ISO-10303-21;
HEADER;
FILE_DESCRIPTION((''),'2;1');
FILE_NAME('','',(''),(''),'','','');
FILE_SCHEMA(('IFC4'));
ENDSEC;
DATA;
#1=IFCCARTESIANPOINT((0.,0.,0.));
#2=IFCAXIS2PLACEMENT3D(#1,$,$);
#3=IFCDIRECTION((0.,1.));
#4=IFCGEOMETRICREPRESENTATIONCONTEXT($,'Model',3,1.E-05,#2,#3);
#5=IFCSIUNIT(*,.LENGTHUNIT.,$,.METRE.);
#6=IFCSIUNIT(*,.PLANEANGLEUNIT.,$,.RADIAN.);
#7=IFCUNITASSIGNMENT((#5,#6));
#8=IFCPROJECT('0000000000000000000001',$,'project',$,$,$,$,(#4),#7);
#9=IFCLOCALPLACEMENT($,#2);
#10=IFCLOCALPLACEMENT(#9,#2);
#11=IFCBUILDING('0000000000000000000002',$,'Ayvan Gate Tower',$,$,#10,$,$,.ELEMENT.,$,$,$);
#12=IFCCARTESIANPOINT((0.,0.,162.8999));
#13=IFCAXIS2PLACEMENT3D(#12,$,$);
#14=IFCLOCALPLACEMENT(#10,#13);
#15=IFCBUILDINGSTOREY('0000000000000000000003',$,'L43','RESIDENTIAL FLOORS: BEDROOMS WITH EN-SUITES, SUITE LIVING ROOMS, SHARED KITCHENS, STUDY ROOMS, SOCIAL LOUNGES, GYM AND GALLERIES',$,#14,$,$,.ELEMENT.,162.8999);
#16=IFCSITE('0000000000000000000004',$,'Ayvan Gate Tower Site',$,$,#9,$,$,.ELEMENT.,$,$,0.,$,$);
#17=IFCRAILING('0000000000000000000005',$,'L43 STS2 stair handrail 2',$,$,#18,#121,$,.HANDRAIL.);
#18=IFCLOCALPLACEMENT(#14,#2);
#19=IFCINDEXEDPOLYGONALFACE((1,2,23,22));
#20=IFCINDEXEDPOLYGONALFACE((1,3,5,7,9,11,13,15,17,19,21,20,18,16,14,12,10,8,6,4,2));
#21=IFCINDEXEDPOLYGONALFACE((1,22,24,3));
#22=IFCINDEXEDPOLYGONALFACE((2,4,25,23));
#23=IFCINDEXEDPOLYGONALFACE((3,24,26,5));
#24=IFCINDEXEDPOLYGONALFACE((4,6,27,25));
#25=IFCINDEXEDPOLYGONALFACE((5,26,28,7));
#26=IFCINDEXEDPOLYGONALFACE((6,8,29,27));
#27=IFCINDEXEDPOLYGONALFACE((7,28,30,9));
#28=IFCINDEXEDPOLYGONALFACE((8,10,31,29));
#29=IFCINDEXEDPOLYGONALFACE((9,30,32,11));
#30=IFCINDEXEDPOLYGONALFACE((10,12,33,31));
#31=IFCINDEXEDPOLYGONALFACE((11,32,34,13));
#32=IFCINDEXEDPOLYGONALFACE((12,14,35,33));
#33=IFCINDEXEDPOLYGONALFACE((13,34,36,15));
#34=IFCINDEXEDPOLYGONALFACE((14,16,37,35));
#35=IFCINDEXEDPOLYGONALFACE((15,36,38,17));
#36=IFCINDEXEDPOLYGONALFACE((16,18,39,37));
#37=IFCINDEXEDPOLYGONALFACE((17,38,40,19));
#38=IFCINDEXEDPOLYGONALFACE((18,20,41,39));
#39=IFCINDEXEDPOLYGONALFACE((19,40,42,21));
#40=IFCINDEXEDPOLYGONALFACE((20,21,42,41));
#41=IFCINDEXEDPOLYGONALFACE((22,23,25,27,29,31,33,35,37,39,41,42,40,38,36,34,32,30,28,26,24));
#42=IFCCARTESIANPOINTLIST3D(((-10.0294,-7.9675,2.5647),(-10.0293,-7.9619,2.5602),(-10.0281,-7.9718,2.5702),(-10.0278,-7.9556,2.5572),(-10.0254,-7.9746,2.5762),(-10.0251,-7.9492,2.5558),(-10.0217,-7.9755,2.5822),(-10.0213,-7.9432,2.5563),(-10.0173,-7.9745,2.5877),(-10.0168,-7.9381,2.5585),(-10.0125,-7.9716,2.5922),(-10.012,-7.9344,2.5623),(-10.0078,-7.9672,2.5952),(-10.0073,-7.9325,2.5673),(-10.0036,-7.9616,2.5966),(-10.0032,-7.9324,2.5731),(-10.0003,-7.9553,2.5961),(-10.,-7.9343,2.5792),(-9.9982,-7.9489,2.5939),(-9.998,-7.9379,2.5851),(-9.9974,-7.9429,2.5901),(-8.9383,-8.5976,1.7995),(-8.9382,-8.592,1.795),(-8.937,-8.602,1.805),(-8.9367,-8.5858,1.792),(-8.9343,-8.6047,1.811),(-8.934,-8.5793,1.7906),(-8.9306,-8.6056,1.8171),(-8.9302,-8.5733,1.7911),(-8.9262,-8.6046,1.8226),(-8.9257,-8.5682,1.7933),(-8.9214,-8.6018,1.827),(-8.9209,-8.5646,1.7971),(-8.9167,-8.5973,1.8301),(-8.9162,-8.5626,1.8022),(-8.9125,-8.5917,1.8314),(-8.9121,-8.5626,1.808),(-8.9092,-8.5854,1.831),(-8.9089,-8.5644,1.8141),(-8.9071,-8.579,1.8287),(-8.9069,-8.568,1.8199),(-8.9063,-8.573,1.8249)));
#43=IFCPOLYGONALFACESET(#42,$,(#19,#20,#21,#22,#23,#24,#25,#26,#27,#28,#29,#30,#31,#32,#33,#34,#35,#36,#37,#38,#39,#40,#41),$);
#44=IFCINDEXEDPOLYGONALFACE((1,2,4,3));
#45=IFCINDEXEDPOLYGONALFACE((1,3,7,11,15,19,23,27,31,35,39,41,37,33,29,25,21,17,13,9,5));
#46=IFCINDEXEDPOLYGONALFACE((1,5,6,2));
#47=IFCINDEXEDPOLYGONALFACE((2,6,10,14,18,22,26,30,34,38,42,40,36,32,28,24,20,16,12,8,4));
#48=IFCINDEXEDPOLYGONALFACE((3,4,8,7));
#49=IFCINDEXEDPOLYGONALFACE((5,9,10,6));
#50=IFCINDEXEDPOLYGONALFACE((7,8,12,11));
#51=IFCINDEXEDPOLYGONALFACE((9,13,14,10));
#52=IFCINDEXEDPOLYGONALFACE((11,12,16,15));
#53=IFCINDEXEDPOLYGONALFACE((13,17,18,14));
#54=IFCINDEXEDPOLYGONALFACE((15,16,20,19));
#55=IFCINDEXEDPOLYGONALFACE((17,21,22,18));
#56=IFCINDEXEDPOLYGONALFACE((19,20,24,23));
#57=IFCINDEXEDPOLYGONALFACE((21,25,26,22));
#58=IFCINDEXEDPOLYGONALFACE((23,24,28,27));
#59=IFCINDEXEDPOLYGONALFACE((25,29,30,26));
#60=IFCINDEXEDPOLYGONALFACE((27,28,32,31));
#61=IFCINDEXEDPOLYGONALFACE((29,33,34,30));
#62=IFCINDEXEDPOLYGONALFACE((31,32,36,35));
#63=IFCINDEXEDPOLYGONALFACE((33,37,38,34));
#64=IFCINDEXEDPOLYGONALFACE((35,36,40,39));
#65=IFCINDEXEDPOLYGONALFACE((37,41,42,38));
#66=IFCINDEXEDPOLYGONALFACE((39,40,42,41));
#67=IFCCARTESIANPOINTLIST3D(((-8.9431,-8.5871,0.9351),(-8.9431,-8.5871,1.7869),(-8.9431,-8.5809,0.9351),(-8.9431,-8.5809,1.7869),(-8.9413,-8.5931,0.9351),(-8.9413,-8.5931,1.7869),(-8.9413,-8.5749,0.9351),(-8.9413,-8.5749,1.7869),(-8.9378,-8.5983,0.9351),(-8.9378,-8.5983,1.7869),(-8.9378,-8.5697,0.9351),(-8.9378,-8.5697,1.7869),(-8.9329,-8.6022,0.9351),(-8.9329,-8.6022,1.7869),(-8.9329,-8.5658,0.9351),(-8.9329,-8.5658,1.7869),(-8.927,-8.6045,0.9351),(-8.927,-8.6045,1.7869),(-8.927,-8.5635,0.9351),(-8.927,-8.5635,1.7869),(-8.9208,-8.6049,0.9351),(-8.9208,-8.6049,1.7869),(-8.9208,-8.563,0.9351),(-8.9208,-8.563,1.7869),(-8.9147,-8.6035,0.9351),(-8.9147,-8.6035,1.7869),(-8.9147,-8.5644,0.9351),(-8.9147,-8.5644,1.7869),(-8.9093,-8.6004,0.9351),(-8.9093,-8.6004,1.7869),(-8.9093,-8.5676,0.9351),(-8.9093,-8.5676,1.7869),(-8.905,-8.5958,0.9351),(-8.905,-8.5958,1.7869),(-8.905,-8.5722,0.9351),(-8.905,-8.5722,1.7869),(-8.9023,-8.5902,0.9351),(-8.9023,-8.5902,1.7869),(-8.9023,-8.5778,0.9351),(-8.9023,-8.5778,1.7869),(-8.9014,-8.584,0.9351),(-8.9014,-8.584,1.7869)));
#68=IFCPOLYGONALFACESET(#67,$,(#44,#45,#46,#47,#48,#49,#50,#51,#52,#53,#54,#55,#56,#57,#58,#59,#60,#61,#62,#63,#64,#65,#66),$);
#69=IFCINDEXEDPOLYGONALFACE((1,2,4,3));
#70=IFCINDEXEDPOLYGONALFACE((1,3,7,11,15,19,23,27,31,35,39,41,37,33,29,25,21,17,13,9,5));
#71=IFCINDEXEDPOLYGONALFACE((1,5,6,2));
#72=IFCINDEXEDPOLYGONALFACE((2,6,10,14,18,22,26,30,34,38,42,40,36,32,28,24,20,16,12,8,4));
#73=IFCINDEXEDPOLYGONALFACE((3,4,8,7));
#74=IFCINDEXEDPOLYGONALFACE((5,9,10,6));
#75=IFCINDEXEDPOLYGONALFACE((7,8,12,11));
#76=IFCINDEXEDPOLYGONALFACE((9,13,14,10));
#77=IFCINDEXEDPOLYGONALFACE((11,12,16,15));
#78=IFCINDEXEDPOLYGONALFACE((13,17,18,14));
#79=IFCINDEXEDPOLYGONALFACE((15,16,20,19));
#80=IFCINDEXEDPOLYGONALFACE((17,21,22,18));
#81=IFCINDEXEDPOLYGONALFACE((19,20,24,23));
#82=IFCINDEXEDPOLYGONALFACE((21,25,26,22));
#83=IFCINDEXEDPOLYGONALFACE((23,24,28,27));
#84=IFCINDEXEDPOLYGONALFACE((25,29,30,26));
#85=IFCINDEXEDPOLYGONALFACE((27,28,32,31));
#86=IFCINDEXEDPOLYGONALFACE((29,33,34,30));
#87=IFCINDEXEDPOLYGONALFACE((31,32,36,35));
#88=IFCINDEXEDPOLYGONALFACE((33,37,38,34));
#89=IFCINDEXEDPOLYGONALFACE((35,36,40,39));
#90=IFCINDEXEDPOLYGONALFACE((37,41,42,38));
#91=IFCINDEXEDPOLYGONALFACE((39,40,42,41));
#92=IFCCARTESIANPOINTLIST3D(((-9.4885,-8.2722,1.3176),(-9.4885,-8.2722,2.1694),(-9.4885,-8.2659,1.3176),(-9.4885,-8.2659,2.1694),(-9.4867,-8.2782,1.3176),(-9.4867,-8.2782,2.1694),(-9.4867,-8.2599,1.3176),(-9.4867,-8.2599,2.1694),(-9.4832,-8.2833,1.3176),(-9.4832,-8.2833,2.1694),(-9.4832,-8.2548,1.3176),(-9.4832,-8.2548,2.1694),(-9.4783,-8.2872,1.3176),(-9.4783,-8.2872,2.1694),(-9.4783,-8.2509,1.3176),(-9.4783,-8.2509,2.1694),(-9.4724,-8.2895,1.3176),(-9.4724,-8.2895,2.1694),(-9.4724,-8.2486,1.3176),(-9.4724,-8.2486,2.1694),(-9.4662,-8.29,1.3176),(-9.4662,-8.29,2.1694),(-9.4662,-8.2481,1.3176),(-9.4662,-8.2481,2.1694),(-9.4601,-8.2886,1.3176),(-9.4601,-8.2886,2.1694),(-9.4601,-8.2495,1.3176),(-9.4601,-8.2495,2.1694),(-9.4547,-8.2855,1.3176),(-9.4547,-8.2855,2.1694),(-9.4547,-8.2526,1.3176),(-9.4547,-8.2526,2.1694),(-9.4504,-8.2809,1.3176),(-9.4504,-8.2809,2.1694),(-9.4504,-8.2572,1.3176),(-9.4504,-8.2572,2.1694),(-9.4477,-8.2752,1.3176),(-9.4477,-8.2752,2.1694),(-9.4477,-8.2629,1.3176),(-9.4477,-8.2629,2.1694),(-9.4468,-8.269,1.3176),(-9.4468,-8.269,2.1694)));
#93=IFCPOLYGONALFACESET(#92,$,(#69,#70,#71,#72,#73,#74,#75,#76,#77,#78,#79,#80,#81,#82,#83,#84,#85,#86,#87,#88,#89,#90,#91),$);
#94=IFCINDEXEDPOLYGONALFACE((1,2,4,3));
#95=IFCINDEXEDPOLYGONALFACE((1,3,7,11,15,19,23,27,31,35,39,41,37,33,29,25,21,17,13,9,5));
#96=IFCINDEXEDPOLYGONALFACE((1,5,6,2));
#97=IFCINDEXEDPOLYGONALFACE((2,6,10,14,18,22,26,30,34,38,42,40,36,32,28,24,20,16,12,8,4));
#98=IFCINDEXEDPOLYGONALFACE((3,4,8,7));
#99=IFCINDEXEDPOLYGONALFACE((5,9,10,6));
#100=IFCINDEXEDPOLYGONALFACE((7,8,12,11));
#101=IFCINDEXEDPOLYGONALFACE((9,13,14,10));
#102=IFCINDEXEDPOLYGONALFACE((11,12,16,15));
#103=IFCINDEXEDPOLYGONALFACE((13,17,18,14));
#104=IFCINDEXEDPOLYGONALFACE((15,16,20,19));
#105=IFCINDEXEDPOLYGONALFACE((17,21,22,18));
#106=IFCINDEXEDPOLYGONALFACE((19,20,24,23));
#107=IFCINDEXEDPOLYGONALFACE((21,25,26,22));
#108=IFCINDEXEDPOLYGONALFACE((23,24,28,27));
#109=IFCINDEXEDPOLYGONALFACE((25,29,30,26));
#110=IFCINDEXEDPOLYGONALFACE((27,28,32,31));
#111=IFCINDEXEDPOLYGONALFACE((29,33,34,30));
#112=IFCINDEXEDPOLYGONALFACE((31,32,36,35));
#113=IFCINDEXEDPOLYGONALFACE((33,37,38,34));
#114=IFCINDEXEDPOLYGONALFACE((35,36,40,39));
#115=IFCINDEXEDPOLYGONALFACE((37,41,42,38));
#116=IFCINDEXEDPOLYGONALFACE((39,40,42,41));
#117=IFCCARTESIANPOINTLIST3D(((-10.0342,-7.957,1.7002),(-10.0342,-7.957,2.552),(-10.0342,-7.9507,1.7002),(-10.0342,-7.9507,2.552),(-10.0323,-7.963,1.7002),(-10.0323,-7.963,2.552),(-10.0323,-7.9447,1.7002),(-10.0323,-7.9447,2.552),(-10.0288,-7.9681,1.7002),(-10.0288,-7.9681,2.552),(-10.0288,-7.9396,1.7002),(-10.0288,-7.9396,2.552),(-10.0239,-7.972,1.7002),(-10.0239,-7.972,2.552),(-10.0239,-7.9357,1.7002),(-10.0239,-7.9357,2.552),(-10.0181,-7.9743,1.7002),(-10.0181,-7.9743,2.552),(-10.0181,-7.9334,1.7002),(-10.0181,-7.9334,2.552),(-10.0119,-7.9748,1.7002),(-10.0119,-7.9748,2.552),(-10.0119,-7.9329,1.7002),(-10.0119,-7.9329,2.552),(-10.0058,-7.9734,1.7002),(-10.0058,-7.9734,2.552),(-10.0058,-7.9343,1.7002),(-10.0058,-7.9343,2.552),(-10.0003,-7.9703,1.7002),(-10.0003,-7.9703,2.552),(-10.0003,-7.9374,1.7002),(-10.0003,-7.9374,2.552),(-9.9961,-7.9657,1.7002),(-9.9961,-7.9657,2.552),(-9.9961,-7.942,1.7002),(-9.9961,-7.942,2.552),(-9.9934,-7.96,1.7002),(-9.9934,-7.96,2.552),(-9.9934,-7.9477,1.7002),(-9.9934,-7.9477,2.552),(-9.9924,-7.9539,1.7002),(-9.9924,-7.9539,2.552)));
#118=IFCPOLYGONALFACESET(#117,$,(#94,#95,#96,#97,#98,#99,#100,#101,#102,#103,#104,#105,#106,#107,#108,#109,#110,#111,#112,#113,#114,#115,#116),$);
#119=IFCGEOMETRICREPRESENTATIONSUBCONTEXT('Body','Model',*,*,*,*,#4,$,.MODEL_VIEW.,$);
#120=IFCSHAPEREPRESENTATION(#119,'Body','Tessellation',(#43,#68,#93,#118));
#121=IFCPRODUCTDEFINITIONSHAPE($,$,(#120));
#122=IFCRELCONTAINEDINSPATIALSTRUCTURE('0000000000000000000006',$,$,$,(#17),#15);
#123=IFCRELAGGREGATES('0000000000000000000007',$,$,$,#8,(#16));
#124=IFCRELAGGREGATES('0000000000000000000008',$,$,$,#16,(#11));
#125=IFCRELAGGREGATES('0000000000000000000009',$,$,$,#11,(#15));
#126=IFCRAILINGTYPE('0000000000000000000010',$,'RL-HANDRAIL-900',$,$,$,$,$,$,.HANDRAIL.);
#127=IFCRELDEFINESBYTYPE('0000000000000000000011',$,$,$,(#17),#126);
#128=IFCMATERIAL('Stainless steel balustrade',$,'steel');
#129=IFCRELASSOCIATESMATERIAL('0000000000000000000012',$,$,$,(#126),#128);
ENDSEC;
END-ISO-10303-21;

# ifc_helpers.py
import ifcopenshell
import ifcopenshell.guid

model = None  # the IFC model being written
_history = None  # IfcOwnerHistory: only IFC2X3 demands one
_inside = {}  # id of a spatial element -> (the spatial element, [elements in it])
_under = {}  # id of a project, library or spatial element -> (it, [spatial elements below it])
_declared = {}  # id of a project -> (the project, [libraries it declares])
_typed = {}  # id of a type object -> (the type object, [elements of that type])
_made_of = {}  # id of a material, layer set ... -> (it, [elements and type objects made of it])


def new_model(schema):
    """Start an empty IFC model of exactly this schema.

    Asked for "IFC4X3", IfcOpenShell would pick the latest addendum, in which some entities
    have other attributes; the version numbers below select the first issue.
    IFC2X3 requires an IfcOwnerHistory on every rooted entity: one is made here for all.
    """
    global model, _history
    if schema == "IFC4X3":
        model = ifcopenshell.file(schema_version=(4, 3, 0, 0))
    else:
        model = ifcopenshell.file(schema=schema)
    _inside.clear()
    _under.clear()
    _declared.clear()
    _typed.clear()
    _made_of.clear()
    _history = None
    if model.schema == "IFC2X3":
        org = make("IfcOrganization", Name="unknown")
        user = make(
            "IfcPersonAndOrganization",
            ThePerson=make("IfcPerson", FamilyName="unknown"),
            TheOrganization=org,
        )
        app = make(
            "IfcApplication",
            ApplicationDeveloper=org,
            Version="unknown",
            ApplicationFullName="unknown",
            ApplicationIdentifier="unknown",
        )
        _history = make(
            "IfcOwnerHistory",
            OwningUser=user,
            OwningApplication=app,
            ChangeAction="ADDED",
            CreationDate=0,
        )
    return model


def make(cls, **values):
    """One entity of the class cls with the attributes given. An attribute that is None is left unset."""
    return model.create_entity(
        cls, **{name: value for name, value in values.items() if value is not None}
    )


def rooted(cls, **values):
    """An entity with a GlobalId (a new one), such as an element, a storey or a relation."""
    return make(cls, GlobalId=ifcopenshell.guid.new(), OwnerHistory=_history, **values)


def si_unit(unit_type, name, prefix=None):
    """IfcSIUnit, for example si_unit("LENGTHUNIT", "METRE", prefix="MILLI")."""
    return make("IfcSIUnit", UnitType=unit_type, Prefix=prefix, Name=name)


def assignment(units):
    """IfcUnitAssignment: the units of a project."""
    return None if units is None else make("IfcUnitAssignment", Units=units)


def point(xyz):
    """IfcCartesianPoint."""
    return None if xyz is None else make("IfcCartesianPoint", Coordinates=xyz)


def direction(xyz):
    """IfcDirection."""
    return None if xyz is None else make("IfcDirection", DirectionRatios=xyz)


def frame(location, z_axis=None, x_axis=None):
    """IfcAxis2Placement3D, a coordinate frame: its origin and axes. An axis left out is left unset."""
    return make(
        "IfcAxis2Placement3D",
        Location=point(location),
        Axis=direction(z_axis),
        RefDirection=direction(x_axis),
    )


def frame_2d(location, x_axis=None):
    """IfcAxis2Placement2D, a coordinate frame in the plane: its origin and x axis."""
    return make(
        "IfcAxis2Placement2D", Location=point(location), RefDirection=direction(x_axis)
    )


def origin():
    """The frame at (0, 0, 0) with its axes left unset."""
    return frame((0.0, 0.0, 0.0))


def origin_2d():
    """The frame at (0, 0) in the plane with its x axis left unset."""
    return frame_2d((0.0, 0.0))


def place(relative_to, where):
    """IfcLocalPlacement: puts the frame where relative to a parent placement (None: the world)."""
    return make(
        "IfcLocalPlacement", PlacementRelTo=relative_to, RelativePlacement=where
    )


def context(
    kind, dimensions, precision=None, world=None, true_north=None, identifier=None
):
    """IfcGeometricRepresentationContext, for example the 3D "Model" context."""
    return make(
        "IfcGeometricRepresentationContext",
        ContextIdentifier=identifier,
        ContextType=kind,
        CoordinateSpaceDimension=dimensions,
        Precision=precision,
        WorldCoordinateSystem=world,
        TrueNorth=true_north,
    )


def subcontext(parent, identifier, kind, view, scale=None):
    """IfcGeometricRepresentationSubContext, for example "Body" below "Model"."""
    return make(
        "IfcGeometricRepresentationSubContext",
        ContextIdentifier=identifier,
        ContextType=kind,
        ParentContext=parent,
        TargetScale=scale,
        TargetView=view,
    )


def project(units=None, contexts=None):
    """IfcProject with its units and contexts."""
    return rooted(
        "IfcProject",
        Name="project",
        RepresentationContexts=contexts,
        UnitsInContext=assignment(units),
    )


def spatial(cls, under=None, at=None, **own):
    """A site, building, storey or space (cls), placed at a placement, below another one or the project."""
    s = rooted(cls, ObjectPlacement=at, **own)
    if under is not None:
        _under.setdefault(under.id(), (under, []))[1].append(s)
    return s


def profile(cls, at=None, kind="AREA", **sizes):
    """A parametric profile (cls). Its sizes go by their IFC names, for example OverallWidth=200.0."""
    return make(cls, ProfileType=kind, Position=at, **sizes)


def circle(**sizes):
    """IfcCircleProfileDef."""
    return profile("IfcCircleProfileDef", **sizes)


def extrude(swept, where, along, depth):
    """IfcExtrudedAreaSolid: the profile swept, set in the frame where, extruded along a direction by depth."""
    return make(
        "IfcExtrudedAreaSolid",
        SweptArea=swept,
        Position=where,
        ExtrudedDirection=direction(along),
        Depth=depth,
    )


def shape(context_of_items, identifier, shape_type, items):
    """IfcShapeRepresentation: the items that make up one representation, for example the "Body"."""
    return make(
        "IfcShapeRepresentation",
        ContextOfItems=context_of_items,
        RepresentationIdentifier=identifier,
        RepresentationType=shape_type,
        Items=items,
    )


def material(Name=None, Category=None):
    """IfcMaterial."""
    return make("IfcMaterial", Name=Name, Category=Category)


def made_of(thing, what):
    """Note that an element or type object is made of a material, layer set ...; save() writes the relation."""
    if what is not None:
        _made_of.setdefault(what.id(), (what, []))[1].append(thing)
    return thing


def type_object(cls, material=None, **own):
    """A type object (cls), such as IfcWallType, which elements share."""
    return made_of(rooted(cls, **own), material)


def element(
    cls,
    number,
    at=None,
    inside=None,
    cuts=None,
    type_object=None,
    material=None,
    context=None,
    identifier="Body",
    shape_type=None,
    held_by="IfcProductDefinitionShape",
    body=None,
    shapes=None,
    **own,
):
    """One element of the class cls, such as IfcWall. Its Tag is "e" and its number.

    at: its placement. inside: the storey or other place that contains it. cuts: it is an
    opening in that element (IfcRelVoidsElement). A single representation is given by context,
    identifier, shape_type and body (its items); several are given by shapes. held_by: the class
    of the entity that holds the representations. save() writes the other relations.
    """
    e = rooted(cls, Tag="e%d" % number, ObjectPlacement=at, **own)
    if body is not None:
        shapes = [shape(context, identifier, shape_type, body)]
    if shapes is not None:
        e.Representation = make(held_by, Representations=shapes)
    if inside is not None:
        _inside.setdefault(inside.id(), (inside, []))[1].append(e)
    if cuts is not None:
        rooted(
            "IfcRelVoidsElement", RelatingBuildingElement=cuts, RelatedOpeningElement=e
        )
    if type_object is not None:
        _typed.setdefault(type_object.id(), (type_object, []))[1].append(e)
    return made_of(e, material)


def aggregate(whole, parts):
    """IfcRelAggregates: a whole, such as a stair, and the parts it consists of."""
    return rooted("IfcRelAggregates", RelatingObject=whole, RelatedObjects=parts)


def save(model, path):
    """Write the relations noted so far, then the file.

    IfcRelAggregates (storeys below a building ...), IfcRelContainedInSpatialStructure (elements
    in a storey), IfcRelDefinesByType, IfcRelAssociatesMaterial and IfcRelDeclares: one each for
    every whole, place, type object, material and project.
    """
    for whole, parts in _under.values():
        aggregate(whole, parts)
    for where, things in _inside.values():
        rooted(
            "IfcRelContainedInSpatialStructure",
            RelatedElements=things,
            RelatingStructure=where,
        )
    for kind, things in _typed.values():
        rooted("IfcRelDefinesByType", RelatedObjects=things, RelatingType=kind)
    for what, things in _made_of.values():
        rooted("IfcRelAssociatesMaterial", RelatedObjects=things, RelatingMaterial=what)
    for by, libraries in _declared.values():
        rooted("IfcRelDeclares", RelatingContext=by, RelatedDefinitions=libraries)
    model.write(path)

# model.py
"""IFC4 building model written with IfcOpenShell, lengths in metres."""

from ifc_helpers import new_model, si_unit, direction, frame, origin, origin_2d, place, context, subcontext, project, spatial, circle, extrude, material, type_object, element, save


model = new_model("IFC4")

# Units and contexts
model_context = context("Model", 3, precision=1e-05, world=origin(), true_north=direction((0.0, 1.0)))
body_context = subcontext(model_context, "Body", "Model", "MODEL_VIEW")
ifc_project = project(units=[si_unit("LENGTHUNIT", "METRE"), si_unit("PLANEANGLEUNIT", "RADIAN")], contexts=[model_context])

# Site, building, storey
site_placement = place(None, origin())
site = spatial("IfcSite", under=ifc_project, at=site_placement, Name="Ayvan Gate Tower Site", CompositionType="ELEMENT", RefElevation=0.0)
building_placement = place(site_placement, origin())
building = spatial("IfcBuilding", under=site, at=building_placement, Name="Ayvan Gate Tower", CompositionType="ELEMENT")
storey_placement = place(building_placement, frame((0.0, 0.0, 162.8999)))
storey = spatial("IfcBuildingStorey", under=building, at=storey_placement, Name="L43", Description="RESIDENTIAL FLOORS: BEDROOMS WITH EN-SUITES, SUITE LIVING ROOMS, SHARED KITCHENS, STUDY ROOMS, SOCIAL LOUNGES, GYM AND GALLERIES", CompositionType="ELEMENT", Elevation=162.8999)

# Railing
ifc_material_1 = material(Name="Stainless steel balustrade", Category="steel")
railing_type_1 = type_object("IfcRailingType", Name="RL-HANDRAIL-900", PredefinedType="HANDRAIL", material=ifc_material_1)
railing_1_placement = place(storey_placement, frame((-8.9224, -8.584, 0.9351)))
element("IfcRailing", 1, at=railing_1_placement, inside=storey, type_object=railing_type_1, Name="L43 STS2 stair handrail 2", PredefinedType="HANDRAIL", context=body_context, shape_type="SweptSolid", body=[
    extrude(circle(Radius=0.0239, at=origin_2d()), frame((0.0, 0.0, 0.876), z_axis=(-0.740166, 0.427471, 0.51906), x_axis=(-0.500119, -0.865956, 0.0)), (0.0, 0.0, 1.0), 1.4741),
    extrude(circle(Radius=0.021, at=origin_2d()), origin(), (0.0, 0.0, 1.0), 0.8518),
    extrude(circle(Radius=0.021, at=origin_2d()), frame((-0.5454, 0.3149, 0.3826)), (0.0, 0.0, 1.0), 0.8518),
    extrude(circle(Radius=0.021, at=origin_2d()), frame((-1.0911, 0.6301, 0.7651)), (0.0, 0.0, 1.0), 0.8518),
])

save(model, "model.ifc")
